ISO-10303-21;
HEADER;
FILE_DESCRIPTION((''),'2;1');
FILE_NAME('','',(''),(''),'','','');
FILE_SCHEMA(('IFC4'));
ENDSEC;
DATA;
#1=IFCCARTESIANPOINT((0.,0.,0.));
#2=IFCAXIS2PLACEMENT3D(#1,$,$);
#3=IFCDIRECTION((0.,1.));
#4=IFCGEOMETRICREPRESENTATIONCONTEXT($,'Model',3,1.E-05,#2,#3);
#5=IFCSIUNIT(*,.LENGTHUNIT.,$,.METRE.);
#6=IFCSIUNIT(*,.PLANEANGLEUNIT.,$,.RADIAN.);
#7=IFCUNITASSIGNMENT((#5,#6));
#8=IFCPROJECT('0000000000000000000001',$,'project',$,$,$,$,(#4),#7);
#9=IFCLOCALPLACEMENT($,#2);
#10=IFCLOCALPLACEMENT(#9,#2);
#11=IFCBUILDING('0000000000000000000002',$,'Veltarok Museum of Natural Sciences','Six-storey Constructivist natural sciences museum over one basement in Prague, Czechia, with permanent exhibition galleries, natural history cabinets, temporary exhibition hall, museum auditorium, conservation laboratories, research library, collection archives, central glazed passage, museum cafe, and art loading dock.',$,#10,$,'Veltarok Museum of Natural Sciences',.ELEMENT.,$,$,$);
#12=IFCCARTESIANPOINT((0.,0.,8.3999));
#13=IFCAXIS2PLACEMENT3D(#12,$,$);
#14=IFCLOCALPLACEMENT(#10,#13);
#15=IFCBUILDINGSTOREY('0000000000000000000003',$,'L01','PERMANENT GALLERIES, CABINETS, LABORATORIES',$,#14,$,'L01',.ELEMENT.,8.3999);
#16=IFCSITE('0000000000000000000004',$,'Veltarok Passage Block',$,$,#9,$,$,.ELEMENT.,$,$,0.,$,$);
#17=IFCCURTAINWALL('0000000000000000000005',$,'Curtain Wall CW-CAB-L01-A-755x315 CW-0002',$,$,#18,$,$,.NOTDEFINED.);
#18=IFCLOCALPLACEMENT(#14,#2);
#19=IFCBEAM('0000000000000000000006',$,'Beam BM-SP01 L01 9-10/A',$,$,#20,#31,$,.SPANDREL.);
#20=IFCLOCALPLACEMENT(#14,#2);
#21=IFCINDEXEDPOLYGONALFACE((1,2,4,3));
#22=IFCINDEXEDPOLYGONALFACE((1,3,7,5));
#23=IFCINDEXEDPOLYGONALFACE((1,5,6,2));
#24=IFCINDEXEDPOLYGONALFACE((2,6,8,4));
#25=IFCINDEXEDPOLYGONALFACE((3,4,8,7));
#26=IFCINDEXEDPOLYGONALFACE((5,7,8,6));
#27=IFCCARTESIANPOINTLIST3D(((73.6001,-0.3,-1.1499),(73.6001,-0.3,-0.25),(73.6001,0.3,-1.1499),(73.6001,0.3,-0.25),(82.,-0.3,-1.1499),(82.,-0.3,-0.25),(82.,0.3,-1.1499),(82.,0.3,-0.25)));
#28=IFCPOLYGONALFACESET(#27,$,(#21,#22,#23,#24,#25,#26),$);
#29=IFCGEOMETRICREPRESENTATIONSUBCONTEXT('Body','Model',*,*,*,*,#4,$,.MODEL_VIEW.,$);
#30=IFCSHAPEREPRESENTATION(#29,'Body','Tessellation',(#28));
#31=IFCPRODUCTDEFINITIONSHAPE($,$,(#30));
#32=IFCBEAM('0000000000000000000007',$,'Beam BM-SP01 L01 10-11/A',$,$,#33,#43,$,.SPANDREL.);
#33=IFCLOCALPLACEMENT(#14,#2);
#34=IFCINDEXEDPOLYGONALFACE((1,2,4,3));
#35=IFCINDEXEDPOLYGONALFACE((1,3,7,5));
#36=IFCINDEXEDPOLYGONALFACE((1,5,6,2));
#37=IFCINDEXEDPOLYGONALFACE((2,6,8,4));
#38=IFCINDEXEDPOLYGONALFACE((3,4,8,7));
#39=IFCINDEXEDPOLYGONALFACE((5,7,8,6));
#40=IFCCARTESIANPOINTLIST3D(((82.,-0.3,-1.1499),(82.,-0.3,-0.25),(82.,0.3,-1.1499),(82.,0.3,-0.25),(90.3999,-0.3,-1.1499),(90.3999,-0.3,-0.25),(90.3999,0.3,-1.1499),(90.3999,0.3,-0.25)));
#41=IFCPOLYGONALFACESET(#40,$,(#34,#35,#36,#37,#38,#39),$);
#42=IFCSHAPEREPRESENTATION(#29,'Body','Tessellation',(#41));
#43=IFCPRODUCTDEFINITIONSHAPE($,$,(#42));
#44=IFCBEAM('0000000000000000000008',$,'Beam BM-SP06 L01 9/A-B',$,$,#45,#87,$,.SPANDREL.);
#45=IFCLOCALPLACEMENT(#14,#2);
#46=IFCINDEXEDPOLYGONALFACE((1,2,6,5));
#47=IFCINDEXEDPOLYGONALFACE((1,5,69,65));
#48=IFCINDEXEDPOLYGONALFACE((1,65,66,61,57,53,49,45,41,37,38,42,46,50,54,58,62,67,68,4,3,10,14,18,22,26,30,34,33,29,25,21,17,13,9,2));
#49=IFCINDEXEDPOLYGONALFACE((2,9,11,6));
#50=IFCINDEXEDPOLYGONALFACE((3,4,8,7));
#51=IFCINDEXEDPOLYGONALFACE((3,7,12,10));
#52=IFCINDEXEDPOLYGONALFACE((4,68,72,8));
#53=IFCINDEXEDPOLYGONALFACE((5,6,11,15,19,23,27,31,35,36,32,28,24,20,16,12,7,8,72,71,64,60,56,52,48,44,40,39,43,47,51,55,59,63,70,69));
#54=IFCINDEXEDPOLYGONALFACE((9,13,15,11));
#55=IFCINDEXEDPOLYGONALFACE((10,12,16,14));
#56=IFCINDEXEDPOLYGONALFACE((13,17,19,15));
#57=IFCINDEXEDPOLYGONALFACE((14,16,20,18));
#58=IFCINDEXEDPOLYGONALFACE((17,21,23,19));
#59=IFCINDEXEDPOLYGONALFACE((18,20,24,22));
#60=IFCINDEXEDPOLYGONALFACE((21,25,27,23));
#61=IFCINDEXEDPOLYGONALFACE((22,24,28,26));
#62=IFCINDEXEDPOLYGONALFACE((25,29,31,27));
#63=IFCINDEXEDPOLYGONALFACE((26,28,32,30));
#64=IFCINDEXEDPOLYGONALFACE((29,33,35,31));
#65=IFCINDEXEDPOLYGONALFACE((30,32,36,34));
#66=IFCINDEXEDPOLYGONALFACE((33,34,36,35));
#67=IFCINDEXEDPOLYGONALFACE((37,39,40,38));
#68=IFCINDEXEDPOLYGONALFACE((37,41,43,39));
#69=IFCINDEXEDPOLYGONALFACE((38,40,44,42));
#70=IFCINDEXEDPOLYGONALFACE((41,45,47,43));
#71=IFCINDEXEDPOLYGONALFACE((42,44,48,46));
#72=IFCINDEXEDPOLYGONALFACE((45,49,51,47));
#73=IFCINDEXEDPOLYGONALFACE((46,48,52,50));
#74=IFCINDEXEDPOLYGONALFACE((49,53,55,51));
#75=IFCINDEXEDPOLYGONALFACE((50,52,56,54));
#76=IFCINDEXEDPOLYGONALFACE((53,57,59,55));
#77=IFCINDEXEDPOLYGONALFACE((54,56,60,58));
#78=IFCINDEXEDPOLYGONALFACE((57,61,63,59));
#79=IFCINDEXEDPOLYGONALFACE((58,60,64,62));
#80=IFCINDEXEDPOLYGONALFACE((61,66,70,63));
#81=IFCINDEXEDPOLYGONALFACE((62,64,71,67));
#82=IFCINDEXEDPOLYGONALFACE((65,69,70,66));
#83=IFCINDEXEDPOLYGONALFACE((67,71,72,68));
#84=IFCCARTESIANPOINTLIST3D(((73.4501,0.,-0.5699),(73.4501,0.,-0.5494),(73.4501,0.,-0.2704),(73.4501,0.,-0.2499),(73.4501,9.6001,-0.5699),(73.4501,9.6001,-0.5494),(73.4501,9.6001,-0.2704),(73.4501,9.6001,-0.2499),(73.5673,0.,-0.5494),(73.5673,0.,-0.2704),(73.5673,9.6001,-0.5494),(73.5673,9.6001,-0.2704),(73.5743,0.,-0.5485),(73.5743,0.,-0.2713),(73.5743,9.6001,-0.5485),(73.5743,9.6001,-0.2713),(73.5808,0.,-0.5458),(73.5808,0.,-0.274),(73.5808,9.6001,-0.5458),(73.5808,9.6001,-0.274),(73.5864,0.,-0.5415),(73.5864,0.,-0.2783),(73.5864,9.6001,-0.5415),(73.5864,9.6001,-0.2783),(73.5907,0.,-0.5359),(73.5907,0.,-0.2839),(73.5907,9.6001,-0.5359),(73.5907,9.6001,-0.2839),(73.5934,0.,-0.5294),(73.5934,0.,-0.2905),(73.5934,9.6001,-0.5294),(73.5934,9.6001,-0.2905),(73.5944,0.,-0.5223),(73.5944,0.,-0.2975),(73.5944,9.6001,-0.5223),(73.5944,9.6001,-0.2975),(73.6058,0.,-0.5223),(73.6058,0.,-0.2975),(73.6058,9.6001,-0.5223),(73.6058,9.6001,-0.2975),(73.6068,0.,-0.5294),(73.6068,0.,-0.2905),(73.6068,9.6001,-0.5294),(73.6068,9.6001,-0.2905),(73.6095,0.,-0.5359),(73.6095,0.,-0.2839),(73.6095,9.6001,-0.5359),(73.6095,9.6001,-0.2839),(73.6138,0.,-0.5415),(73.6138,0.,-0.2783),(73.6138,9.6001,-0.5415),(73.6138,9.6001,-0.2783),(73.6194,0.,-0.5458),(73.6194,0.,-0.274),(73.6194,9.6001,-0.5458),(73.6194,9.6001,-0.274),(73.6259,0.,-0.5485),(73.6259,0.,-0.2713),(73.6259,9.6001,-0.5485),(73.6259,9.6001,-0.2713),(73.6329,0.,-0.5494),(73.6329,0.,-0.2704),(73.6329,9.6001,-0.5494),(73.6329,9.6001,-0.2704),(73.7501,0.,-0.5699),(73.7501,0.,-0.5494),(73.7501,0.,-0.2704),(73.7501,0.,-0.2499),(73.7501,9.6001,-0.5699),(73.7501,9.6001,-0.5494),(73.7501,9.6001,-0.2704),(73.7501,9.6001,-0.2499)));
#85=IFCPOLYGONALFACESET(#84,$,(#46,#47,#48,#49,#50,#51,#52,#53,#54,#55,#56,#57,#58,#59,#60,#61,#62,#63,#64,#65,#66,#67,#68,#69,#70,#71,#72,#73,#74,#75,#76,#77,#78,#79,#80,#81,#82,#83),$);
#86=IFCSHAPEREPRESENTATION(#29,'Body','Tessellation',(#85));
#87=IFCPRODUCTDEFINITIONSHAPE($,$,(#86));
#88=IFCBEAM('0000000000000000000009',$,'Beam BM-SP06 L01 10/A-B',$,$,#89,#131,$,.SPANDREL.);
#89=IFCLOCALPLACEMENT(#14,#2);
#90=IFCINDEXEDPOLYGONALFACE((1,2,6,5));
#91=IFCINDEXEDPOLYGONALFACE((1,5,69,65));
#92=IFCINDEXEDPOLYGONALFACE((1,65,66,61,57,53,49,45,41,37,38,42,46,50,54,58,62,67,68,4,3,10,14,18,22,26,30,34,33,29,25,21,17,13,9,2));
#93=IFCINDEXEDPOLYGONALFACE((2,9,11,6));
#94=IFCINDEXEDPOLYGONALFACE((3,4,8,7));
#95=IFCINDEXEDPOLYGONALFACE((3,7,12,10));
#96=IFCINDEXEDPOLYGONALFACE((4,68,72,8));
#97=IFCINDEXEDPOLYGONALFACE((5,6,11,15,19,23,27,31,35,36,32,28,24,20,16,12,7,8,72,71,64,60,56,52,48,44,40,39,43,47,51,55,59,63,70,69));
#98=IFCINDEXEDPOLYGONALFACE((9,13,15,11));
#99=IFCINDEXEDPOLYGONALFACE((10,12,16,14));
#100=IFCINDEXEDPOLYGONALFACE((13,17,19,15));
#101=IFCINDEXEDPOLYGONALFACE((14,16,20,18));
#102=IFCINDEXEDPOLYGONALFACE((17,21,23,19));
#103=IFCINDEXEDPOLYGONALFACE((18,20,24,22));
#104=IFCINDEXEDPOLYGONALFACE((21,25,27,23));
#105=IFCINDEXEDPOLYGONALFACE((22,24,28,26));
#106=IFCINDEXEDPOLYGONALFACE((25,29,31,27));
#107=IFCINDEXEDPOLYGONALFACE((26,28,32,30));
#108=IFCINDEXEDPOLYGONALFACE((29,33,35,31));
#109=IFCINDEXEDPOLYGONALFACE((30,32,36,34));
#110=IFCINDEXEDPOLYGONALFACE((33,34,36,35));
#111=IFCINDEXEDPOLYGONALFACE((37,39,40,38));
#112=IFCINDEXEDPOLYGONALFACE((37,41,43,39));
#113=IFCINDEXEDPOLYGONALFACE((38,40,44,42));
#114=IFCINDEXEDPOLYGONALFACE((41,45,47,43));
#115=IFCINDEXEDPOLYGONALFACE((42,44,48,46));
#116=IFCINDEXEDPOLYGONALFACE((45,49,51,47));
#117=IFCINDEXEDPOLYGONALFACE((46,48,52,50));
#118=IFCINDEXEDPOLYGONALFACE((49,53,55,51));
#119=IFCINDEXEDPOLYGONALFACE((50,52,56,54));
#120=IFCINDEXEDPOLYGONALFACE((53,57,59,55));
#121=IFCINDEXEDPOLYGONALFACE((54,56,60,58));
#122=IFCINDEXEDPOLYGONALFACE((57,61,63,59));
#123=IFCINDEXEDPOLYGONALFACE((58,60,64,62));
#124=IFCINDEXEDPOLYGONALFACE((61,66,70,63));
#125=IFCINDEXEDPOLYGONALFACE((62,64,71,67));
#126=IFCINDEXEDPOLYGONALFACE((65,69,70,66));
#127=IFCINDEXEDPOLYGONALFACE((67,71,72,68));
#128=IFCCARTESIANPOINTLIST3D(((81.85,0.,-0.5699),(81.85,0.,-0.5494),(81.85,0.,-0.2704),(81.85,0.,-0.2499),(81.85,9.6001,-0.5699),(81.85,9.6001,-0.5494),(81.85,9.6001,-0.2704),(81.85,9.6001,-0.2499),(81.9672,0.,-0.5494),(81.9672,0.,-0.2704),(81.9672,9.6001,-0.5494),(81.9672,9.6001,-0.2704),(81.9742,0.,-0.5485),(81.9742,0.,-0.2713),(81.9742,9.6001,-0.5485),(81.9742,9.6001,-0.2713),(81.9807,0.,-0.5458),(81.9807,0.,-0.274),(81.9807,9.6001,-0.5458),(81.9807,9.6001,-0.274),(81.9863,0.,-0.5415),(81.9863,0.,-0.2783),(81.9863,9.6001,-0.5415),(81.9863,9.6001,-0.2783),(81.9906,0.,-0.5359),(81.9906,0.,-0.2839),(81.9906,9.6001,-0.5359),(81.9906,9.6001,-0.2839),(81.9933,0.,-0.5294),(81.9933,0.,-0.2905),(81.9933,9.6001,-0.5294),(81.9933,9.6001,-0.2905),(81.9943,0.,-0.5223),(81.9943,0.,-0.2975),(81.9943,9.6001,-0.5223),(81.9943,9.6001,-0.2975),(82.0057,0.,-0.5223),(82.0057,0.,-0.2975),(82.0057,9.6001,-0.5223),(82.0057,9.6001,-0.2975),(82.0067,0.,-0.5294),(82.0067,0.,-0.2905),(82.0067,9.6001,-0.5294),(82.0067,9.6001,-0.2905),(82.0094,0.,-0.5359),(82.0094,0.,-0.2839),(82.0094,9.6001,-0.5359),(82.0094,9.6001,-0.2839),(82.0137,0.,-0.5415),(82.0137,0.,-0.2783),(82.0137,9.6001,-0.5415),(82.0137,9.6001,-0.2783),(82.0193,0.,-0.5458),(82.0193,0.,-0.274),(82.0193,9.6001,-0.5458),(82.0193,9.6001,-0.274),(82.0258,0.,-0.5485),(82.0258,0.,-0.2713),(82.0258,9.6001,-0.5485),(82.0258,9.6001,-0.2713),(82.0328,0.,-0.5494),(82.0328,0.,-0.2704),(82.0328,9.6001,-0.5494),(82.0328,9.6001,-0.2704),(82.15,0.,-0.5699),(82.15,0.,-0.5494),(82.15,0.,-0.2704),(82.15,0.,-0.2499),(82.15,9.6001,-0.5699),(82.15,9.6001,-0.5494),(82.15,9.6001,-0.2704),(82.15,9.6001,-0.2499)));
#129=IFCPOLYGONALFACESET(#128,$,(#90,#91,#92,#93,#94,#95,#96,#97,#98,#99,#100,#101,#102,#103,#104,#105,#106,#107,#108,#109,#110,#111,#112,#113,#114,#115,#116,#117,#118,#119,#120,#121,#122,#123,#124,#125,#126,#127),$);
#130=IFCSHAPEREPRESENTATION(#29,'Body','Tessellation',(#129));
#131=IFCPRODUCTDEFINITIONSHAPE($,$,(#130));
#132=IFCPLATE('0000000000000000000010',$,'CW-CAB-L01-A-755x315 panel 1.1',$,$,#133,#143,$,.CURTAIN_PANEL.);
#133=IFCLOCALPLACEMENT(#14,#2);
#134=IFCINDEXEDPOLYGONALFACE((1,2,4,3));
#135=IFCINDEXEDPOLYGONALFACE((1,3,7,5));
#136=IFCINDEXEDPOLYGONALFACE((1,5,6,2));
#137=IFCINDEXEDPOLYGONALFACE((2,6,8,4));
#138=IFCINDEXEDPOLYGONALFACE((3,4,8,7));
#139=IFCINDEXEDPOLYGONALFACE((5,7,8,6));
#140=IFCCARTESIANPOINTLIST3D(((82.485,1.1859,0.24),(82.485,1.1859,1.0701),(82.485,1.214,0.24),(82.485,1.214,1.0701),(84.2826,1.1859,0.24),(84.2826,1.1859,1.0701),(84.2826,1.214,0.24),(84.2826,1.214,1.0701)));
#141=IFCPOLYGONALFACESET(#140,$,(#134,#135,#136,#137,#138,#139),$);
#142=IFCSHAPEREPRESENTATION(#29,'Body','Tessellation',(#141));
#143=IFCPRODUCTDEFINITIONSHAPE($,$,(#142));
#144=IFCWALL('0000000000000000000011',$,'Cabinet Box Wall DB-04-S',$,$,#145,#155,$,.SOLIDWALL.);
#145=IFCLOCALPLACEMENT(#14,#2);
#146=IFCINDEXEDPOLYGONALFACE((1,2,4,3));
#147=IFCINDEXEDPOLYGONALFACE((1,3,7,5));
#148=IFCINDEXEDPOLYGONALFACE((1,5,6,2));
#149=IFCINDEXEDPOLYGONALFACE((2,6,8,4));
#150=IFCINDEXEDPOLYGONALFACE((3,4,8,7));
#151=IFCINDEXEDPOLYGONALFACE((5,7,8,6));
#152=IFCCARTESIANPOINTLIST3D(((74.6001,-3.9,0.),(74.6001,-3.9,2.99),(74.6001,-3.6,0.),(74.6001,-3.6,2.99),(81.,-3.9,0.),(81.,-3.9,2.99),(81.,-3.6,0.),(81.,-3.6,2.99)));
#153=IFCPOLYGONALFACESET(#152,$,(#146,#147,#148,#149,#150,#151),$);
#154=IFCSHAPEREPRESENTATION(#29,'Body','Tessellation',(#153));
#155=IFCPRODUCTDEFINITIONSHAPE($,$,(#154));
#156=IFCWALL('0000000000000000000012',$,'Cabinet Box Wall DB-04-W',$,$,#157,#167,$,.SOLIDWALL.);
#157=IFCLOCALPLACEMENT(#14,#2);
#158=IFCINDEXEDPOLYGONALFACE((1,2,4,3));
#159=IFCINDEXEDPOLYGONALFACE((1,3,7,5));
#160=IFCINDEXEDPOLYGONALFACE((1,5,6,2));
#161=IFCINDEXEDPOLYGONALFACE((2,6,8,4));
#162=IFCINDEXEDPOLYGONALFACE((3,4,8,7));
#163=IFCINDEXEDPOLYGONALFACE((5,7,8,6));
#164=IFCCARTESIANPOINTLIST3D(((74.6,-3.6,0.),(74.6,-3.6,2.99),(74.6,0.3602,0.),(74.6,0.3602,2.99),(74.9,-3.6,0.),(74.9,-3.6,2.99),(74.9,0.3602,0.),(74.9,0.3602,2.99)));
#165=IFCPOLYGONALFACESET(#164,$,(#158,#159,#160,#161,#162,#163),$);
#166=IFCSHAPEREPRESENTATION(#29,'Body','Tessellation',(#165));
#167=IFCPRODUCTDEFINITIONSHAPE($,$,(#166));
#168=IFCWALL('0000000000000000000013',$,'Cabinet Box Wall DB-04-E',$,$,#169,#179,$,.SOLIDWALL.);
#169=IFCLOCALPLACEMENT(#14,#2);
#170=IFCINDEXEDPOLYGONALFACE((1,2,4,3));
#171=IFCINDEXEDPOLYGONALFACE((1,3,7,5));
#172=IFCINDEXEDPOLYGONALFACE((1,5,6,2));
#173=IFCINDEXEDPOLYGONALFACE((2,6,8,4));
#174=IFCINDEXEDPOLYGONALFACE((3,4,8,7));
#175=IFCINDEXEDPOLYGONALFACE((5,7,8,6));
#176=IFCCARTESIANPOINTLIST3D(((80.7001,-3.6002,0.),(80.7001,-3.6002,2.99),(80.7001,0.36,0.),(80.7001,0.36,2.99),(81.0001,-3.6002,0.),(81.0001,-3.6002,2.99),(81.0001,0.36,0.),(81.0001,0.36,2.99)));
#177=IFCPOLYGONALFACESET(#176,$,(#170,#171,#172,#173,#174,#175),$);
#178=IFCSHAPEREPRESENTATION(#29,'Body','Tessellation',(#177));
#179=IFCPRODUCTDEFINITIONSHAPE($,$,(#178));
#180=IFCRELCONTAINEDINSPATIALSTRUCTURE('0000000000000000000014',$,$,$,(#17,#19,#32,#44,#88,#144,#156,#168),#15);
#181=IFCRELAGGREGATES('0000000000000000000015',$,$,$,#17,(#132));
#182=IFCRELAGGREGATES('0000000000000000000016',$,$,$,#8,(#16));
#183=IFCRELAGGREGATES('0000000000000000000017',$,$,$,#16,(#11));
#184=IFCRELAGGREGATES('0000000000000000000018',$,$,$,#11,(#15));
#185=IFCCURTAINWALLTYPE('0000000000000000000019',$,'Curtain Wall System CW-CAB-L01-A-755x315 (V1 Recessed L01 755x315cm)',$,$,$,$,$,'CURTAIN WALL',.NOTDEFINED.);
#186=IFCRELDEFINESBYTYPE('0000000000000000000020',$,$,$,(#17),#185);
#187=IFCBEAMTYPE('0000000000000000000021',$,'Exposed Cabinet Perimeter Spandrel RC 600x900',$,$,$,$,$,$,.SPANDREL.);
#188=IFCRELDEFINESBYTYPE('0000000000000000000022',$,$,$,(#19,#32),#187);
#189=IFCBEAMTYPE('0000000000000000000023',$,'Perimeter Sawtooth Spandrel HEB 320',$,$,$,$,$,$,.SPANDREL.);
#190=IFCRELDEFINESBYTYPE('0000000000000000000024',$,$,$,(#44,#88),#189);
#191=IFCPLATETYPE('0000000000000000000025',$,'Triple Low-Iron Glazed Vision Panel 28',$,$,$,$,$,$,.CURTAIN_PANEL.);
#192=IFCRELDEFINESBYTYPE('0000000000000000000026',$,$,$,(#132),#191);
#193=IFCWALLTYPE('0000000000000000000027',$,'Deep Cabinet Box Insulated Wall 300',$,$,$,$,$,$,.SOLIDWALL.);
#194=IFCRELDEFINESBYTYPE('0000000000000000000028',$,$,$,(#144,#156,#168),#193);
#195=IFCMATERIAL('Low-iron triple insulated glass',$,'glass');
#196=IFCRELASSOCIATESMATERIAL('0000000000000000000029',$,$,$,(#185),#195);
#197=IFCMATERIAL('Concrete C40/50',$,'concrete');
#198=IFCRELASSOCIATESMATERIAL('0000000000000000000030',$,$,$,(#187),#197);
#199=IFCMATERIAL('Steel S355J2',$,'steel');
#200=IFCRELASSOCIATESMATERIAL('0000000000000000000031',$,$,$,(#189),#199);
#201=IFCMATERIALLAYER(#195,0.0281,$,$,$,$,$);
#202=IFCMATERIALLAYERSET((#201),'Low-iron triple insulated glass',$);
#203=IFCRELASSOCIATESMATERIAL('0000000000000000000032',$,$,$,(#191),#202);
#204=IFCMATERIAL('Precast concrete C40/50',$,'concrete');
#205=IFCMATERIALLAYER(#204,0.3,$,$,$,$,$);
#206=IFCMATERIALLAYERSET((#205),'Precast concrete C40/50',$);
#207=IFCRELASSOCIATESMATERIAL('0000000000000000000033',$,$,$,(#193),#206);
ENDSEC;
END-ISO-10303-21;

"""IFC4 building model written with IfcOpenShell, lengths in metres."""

from ifc_helpers import new_model, si_unit, direction, frame, frame_2d, origin, origin_2d, place, context, subcontext, project, spatial, rectangle, i_section, extrude, material, layer, layer_set, material_profile, profile_set, type_object, element, aggregate, save


model = new_model("IFC4")

# Units and contexts
model_context = context("Model", 3, precision=1e-05, world=origin(), true_north=direction((0.0, 1.0)))
body_context = subcontext(model_context, "Body", "Model", "MODEL_VIEW")
ifc_project = project(units=[si_unit("LENGTHUNIT", "METRE"), si_unit("PLANEANGLEUNIT", "RADIAN")], contexts=[model_context])

# Site, building, storey
site_placement = place(None, origin())
site = spatial("IfcSite", under=ifc_project, at=site_placement, Name="Veltarok Passage Block", CompositionType="ELEMENT", RefElevation=0.0)
building_placement = place(site_placement, origin())
building = spatial("IfcBuilding", under=site, at=building_placement, Name="Veltarok Museum of Natural Sciences", Description="Six-storey Constructivist natural sciences museum over one basement in Prague, Czechia, with permanent exhibition galleries, natural history cabinets, temporary exhibition hall, museum auditorium, conservation laboratories, research library, collection archives, central glazed passage, museum cafe, and art loading dock.", LongName="Veltarok Museum of Natural Sciences", CompositionType="ELEMENT")
storey_placement = place(building_placement, frame((0.0, 0.0, 8.3999)))
storey = spatial("IfcBuildingStorey", under=building, at=storey_placement, Name="L01", Description="PERMANENT GALLERIES, CABINETS, LABORATORIES", LongName="L01", CompositionType="ELEMENT", Elevation=8.3999)

# Shared definitions
ifc_material_1 = material(Name="Concrete C40/50", Category="concrete")

# Shared definitions
ifc_material_2 = material(Name="Steel S355J2", Category="steel")

# Curtain wall
ifc_material_3 = material(Name="Low-iron triple insulated glass", Category="glass")
curtain_wall_type = type_object("IfcCurtainWallType", Name="Curtain Wall System CW-CAB-L01-A-755x315 (V1 Recessed L01 755x315cm)", ElementType="CURTAIN WALL", PredefinedType="NOTDEFINED", material=ifc_material_3)
curtain_wall_placement = place(storey_placement, origin())
curtain_wall = element("IfcCurtainWall", 1, at=curtain_wall_placement, inside=storey, type_object=curtain_wall_type, Name="Curtain Wall CW-CAB-L01-A-755x315 CW-0002", PredefinedType="NOTDEFINED")

# Beams
ifc_material_profile_1 = material_profile(ifc_material_1, rectangle(XDim=0.6001, YDim=0.8999, at=origin_2d()), Name="RC 600x900")
ifc_profile_set_1 = profile_set([ifc_material_profile_1], Name="Concrete C40/50")
beam_type_1 = type_object("IfcBeamType", Name="Exposed Cabinet Perimeter Spandrel RC 600x900", PredefinedType="SPANDREL", material=ifc_profile_set_1)
for number, where, z_axis, x_axis, name in (
    (2, (73.6001, 0.0, -0.7), (1.0, 0.0, 0.0), (0.0, 1.0, 0.0), "Beam BM-SP01 L01 9-10/A"),
    (3, (82.0, 0.0, -0.7), (1.0, 0.0, 0.0), (0.0, 1.0, 0.0), "Beam BM-SP01 L01 10-11/A"),
):
    element("IfcBeam", number, at=place(storey_placement, frame(where, z_axis=z_axis, x_axis=x_axis)), inside=storey, type_object=beam_type_1, Name=name, PredefinedType="SPANDREL", context=body_context, shape_type="SweptSolid", body=[
        extrude(rectangle(XDim=0.6001, YDim=0.8999, at=origin_2d()), origin(), (0.0, 0.0, 1.0), 8.3999),
    ])
ifc_material_profile_2 = material_profile(ifc_material_2, i_section(OverallWidth=0.3, OverallDepth=0.3201, WebThickness=0.0115, FlangeThickness=0.0205, FilletRadius=0.0271, at=origin_2d()), Name="HEB 320")
ifc_profile_set_2 = profile_set([ifc_material_profile_2], Name="Steel S355J2")
beam_type_2 = type_object("IfcBeamType", Name="Perimeter Sawtooth Spandrel HEB 320", PredefinedType="SPANDREL", material=ifc_profile_set_2)
for number, where, z_axis, x_axis, name in (
    (4, (73.6001, 0.0, -0.4099), (0.0, 1.0, 0.0), (-1.0, 0.0, 0.0), "Beam BM-SP06 L01 9/A-B"),
    (5, (82.0, 0.0, -0.4099), (0.0, 1.0, 0.0), (-1.0, 0.0, 0.0), "Beam BM-SP06 L01 10/A-B"),
):
    element("IfcBeam", number, at=place(storey_placement, frame(where, z_axis=z_axis, x_axis=x_axis)), inside=storey, type_object=beam_type_2, Name=name, PredefinedType="SPANDREL", context=body_context, shape_type="SweptSolid", body=[
        extrude(i_section(OverallWidth=0.3, OverallDepth=0.3201, WebThickness=0.0115, FlangeThickness=0.0205, FilletRadius=0.0271, at=origin_2d()), origin(), (0.0, 0.0, 1.0), 9.6001),
    ])

# Plate
ifc_layer_1 = layer(ifc_material_3, 0.0281)
ifc_layer_set_1 = layer_set([ifc_layer_1], Name="Low-iron triple insulated glass")
plate_type = type_object("IfcPlateType", Name="Triple Low-Iron Glazed Vision Panel 28", PredefinedType="CURTAIN_PANEL", material=ifc_layer_set_1)
plate_placement = place(storey_placement, frame((83.3838, 1.2, 0.24), z_axis=(0.0, 0.0, 1.0), x_axis=(1.0, 0.0, 0.0)))
plate = element("IfcPlate", 6, at=plate_placement, type_object=plate_type, Name="CW-CAB-L01-A-755x315 panel 1.1", PredefinedType="CURTAIN_PANEL", context=body_context, shape_type="SweptSolid", body=[
    extrude(rectangle(XDim=1.7976, YDim=0.0281, at=origin_2d()), origin(), (0.0, 0.0, 1.0), 0.8301),
])
aggregate(curtain_wall, [plate])

# Walls
ifc_material_4 = material(Name="Precast concrete C40/50", Category="concrete")
ifc_layer_2 = layer(ifc_material_4, 0.3)
ifc_layer_set_2 = layer_set([ifc_layer_2], Name="Precast concrete C40/50")
wall_type_1 = type_object("IfcWallType", Name="Deep Cabinet Box Insulated Wall 300", PredefinedType="SOLIDWALL", material=ifc_layer_set_2)
wall_1_placement = place(storey_placement, frame((74.6001, -3.75, 0.0), z_axis=(0.0, 0.0, 1.0), x_axis=(1.0, 0.0, 0.0)))
element("IfcWall", 7, at=wall_1_placement, inside=storey, type_object=wall_type_1, Name="Cabinet Box Wall DB-04-S", PredefinedType="SOLIDWALL", context=body_context, shape_type="SweptSolid", body=[
    extrude(rectangle(XDim=6.3999, YDim=0.3, at=frame_2d((3.2, 0.0))), origin(), (0.0, 0.0, 1.0), 2.99),
])
for number, where, z_axis, x_axis, name in (
    (8, (74.75, 0.3601, 0.0), (0.0, 0.0, 1.0), (0.0, -1.0, 0.0), "Cabinet Box Wall DB-04-W"),
    (9, (80.8501, -3.6001, 0.0), (0.0, 0.0, 1.0), (0.0, 1.0, 0.0), "Cabinet Box Wall DB-04-E"),
):
    element("IfcWall", number, at=place(storey_placement, frame(where, z_axis=z_axis, x_axis=x_axis)), inside=storey, type_object=wall_type_1, Name=name, PredefinedType="SOLIDWALL", context=body_context, shape_type="SweptSolid", body=[
        extrude(rectangle(XDim=3.9602, YDim=0.3, at=frame_2d((1.98, 0.0))), origin(), (0.0, 0.0, 1.0), 2.99),
    ])

save(model, "model.ifc")
